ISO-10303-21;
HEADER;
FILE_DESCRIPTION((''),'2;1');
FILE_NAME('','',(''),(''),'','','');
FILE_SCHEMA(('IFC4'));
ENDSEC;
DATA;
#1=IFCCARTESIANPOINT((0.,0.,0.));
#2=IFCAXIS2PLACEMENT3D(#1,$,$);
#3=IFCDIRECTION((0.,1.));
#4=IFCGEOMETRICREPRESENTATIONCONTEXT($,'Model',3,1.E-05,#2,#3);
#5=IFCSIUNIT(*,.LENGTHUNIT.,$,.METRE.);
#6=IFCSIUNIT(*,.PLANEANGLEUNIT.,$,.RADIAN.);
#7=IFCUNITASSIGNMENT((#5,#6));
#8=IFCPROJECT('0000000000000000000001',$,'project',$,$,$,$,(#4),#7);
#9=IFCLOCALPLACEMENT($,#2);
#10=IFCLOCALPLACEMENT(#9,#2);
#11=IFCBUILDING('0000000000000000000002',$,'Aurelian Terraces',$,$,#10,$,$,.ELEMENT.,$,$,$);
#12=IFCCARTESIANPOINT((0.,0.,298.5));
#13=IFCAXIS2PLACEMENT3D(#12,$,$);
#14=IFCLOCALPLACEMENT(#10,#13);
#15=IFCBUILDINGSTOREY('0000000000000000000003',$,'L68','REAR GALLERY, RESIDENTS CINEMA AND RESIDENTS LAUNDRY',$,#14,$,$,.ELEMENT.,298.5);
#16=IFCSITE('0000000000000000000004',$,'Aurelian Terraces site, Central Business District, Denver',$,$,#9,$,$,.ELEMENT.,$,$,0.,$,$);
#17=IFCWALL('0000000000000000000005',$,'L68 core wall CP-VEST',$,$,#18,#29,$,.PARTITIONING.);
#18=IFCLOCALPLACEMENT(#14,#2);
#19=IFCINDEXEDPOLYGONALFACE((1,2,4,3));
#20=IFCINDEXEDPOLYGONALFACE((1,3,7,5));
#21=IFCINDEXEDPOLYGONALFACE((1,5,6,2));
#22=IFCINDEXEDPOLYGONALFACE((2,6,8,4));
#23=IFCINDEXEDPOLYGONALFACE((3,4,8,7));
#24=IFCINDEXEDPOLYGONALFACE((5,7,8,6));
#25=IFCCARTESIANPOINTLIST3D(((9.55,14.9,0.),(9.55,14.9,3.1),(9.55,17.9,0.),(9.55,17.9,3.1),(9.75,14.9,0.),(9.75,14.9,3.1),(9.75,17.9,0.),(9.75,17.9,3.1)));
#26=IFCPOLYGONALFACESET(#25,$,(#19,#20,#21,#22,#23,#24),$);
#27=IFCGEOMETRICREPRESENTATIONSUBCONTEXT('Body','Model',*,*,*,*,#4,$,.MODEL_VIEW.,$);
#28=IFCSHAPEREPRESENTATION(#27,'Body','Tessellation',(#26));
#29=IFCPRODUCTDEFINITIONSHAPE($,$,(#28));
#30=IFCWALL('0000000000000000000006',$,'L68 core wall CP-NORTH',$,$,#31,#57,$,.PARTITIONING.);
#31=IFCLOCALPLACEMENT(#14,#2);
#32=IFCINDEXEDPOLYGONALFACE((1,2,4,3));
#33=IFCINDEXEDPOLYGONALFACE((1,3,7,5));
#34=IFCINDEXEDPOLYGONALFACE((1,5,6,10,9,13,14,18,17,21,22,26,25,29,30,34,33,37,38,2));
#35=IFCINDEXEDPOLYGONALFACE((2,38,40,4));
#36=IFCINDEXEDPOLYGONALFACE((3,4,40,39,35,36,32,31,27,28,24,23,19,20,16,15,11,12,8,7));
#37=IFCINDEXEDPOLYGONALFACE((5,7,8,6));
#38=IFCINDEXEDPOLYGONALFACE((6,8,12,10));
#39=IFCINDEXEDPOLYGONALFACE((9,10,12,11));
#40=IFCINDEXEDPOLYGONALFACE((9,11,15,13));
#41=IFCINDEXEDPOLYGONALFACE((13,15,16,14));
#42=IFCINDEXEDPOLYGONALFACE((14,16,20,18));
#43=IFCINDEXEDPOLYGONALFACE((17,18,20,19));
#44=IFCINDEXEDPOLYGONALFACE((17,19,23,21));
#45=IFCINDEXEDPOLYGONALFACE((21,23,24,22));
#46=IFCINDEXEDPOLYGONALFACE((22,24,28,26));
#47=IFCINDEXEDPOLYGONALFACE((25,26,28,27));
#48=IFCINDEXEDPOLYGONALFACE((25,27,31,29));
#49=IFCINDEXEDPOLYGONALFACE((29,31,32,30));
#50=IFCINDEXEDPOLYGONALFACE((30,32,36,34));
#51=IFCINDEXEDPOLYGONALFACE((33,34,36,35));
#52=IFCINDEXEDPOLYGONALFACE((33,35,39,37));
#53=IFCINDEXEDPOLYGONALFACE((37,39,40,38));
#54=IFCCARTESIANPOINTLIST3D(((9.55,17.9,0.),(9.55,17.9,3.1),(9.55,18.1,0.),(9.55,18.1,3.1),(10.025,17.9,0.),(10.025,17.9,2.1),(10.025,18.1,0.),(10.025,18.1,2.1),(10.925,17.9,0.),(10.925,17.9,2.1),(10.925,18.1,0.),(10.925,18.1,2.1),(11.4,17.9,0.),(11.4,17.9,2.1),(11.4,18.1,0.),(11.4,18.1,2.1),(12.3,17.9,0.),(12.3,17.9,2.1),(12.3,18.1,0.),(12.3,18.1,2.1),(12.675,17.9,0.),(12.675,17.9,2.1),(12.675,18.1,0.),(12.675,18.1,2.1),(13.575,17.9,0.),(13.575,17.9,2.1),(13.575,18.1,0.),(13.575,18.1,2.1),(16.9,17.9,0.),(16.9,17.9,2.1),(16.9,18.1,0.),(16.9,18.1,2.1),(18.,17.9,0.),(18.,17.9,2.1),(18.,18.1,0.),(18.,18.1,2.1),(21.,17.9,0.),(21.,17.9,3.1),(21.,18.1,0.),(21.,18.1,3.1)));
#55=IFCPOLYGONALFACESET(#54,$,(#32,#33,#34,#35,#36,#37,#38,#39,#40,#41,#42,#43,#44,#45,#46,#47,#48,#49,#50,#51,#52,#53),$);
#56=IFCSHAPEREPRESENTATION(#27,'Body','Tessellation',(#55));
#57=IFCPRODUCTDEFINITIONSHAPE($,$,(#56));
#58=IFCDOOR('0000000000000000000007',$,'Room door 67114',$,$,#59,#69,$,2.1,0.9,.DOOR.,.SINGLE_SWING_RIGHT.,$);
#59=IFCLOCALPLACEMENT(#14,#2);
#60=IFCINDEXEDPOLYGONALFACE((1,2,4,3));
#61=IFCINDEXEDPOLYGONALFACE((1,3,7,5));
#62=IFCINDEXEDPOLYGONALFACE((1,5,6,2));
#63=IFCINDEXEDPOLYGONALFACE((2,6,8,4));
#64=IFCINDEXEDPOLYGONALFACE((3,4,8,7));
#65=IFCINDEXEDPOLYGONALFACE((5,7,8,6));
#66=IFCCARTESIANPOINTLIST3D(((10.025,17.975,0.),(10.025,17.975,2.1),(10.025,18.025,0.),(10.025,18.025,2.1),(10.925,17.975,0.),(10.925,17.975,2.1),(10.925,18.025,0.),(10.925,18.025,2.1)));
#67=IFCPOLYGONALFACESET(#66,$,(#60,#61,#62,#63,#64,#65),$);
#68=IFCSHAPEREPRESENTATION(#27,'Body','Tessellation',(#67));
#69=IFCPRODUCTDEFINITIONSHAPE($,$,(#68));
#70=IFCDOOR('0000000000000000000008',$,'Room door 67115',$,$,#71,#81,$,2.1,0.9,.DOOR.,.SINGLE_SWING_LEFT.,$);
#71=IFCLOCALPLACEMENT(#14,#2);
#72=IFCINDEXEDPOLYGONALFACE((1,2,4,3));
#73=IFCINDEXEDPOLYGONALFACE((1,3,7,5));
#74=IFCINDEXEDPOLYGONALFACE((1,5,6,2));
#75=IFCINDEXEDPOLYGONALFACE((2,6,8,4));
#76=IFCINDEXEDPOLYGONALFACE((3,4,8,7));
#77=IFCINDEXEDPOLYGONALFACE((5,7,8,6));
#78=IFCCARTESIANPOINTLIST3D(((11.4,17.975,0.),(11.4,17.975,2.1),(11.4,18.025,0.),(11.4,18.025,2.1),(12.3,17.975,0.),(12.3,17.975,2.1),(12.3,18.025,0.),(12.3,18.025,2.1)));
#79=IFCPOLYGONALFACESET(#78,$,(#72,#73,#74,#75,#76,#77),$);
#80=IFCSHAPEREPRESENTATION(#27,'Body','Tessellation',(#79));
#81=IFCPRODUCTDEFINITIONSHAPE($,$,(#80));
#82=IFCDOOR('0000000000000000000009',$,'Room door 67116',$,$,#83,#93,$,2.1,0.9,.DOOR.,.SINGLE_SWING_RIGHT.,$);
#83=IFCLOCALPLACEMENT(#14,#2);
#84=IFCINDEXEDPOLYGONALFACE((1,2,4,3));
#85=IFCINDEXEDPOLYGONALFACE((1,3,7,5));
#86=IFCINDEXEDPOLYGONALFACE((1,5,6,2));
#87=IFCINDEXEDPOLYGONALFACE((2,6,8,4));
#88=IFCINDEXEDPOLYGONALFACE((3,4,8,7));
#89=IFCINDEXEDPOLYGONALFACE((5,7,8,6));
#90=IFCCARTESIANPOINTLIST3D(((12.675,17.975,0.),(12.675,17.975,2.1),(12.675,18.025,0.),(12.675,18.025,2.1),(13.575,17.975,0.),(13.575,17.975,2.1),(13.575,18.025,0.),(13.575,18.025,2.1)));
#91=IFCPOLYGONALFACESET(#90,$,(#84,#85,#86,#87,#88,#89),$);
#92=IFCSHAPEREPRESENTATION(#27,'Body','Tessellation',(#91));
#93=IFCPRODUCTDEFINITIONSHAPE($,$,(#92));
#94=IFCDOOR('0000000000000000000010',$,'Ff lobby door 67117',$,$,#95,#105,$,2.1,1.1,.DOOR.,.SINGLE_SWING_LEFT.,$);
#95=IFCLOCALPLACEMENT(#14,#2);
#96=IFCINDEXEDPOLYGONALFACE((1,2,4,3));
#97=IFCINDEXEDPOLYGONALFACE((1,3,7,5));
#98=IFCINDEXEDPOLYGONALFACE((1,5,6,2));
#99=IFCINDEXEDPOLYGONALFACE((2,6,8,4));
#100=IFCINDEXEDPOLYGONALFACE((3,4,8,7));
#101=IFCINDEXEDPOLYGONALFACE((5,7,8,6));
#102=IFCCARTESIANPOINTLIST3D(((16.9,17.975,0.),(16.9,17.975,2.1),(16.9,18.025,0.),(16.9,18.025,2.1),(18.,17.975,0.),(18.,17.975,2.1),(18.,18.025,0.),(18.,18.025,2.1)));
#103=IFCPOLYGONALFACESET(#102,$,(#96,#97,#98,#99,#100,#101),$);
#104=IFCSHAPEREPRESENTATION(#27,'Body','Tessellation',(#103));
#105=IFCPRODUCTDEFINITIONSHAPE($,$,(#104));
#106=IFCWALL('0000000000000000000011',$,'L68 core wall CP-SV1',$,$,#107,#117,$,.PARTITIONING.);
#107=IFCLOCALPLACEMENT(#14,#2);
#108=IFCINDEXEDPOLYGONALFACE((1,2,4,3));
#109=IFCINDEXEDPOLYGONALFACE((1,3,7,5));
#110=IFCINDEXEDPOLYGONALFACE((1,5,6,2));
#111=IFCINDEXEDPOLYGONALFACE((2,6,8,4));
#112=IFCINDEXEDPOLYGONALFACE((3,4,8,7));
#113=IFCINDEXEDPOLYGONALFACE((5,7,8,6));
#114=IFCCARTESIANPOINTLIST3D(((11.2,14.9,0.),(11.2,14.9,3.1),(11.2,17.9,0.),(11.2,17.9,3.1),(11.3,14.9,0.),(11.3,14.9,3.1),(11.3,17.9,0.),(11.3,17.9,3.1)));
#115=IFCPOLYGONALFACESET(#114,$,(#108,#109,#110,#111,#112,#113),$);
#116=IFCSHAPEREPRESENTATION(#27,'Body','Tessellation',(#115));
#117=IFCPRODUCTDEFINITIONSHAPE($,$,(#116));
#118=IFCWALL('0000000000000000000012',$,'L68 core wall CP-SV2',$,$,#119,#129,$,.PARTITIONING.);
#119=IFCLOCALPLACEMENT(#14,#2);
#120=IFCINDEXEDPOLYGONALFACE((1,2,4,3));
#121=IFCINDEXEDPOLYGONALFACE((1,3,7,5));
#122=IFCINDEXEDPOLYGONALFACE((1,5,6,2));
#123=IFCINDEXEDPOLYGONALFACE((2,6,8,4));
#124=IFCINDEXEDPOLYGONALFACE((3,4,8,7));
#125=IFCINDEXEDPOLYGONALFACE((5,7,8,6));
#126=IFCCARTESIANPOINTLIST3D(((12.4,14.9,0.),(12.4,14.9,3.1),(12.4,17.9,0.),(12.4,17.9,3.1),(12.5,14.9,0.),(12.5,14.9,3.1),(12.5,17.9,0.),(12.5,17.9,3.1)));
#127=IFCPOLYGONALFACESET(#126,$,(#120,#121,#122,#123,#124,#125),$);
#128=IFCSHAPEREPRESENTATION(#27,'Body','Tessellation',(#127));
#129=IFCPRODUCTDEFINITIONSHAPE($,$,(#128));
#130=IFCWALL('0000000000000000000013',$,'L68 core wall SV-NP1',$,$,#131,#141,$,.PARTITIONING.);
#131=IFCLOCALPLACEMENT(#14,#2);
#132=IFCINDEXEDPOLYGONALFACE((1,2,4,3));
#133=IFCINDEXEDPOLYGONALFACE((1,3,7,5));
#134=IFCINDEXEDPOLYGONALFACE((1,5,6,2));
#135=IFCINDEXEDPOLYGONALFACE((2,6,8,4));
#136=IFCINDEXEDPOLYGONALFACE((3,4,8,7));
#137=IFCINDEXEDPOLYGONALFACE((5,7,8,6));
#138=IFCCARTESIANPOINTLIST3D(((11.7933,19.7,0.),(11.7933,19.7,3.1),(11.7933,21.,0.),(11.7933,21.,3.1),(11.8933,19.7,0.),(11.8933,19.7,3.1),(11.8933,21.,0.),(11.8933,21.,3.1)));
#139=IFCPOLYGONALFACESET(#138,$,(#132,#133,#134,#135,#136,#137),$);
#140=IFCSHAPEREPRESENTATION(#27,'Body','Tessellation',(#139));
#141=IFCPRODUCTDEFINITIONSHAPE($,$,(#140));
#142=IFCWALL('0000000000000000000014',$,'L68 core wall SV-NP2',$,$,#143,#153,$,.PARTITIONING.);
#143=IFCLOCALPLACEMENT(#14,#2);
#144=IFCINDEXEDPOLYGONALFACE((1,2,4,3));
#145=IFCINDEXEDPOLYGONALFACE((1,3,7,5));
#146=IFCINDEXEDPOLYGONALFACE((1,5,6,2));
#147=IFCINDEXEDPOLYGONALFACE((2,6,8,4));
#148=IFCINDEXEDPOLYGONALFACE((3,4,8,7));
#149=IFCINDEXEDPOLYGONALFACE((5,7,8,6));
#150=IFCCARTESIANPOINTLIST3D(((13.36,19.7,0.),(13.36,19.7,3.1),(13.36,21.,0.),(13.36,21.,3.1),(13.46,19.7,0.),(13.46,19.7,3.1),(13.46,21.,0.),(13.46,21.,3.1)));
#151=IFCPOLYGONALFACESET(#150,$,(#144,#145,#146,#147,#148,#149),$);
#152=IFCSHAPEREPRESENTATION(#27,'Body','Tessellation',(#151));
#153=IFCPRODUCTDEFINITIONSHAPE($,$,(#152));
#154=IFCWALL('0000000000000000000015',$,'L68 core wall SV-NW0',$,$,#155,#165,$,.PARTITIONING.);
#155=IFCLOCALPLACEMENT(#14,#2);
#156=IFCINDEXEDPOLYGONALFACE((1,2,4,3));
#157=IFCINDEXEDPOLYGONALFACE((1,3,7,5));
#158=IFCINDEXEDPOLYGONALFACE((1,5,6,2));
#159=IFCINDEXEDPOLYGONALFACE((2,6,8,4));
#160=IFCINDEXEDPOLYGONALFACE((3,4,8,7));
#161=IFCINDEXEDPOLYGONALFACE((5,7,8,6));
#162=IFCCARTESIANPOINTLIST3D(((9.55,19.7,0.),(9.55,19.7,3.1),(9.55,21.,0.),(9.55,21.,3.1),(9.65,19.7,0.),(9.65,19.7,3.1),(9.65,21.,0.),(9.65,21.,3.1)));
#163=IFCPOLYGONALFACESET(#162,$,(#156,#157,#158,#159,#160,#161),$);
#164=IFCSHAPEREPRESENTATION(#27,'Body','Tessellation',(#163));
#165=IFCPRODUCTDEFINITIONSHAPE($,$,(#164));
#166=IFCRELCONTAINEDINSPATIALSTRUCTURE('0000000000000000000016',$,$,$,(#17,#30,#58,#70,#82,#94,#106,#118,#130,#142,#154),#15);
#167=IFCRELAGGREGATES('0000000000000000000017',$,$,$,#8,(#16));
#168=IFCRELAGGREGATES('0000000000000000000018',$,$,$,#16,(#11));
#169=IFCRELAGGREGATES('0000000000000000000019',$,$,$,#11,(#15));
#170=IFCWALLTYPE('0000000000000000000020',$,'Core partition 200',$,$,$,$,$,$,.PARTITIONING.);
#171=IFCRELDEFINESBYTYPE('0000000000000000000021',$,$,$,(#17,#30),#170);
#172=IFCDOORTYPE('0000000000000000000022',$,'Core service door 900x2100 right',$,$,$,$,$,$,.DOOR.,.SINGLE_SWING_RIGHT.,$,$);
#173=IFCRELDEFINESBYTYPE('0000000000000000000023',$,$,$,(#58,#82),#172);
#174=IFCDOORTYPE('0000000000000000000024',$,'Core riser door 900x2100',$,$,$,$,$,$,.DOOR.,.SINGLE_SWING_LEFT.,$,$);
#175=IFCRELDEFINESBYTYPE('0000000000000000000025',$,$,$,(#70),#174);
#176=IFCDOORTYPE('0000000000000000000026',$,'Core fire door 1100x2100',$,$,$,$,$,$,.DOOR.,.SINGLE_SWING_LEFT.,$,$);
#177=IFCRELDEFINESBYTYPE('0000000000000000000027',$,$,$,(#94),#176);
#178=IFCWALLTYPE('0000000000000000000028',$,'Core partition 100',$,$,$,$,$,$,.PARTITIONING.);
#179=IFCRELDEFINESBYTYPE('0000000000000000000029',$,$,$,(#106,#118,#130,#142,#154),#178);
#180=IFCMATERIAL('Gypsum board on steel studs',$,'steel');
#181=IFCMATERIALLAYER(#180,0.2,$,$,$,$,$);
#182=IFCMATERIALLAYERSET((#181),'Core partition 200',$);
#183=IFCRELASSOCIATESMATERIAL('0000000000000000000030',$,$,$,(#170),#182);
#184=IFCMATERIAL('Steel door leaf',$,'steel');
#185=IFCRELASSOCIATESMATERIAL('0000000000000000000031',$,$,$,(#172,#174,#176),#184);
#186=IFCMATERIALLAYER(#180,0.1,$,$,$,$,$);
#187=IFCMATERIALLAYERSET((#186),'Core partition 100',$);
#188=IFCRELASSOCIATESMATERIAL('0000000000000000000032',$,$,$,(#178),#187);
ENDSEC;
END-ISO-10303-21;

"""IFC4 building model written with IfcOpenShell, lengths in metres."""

from ifc_helpers import new_model, si_unit, direction, frame, frame_2d, origin, place, context, subcontext, project, spatial, rectangle, extrude, source, transform, mapped, material, layer, layer_set, type_object, element, fill, save


model = new_model("IFC4")

# Units and contexts
model_context = context("Model", 3, precision=1e-05, world=origin(), true_north=direction((0.0, 1.0)))
body_context = subcontext(model_context, "Body", "Model", "MODEL_VIEW")
ifc_project = project(units=[si_unit("LENGTHUNIT", "METRE"), si_unit("PLANEANGLEUNIT", "RADIAN")], contexts=[model_context])

# Site, building, storey
site_placement = place(None, origin())
site = spatial("IfcSite", under=ifc_project, at=site_placement, Name="Aurelian Terraces site, Central Business District, Denver", CompositionType="ELEMENT", RefElevation=0.0)
building_placement = place(site_placement, origin())
building = spatial("IfcBuilding", under=site, at=building_placement, Name="Aurelian Terraces", CompositionType="ELEMENT")
storey_placement = place(building_placement, frame((0.0, 0.0, 298.5)))
storey = spatial("IfcBuildingStorey", under=building, at=storey_placement, Name="L68", Description="REAR GALLERY, RESIDENTS CINEMA AND RESIDENTS LAUNDRY", CompositionType="ELEMENT", Elevation=298.5)

# Wall
ifc_material_1 = material(Name="Gypsum board on steel studs", Category="steel")
ifc_layer_1 = layer(ifc_material_1, 0.2)
ifc_layer_set_1 = layer_set([ifc_layer_1], Name="Core partition 200")
wall_type_1 = type_object("IfcWallType", Name="Core partition 200", PredefinedType="PARTITIONING", material=ifc_layer_set_1)
shared_shape_1 = source(origin(), body_context, "Body", "SweptSolid", [
    extrude(rectangle(XDim=3.0, YDim=0.2, at=frame_2d((1.5, 0.0))), origin(), (0.0, 0.0, 1.0), 3.1),
])
wall_1_placement = place(storey_placement, frame((9.65, 14.9, 0.0), z_axis=(0.0, 0.0, 1.0), x_axis=(0.0, 1.0, 0.0)))
element("IfcWall", 1, at=wall_1_placement, inside=storey, type_object=wall_type_1, Name="L68 core wall CP-VEST", PredefinedType="PARTITIONING", context=body_context, shape_type="MappedRepresentation", body=[
    mapped(shared_shape_1, transform((0.0, 0.0, 0.0), scale=1.0)),
])

# Wall, openings, doors
shared_shape_2 = source(origin(), body_context, "Body", "SweptSolid", [
    extrude(rectangle(XDim=11.45, YDim=0.2, at=frame_2d((5.725, 0.0))), origin(), (0.0, 0.0, 1.0), 3.1),
])
wall_2_placement = place(storey_placement, frame((9.55, 18.0, 0.0), z_axis=(0.0, 0.0, 1.0), x_axis=(1.0, 0.0, 0.0)))
wall_2 = element("IfcWall", 2, at=wall_2_placement, inside=storey, type_object=wall_type_1, Name="L68 core wall CP-NORTH", PredefinedType="PARTITIONING", context=body_context, shape_type="MappedRepresentation", body=[
    mapped(shared_shape_2, transform((0.0, 0.0, 0.0), scale=1.0)),
])
shared_shape_3 = source(origin(), body_context, "Body", "SweptSolid", [
    extrude(rectangle(XDim=0.9, YDim=2.1, at=frame_2d((0.45, 1.05))), frame((0.0, 0.11, 0.0), z_axis=(0.0, -1.0, 0.0), x_axis=(1.0, 0.0, 0.0)), (0.0, 0.0, 1.0), 0.22),
])
opening_1_placement = place(wall_2_placement, frame((0.475, 0.0, 0.0)))
opening_1 = element("IfcOpeningElement", 3, at=opening_1_placement, cuts=wall_2, PredefinedType="OPENING", context=body_context, shape_type="MappedRepresentation", body=[
    mapped(shared_shape_3, transform((0.0, 0.0, 0.0), scale=1.0)),
])
opening_2_placement = place(wall_2_placement, frame((1.85, 0.0, 0.0)))
opening_2 = element("IfcOpeningElement", 4, at=opening_2_placement, cuts=wall_2, PredefinedType="OPENING", context=body_context, shape_type="MappedRepresentation", body=[
    mapped(shared_shape_3, transform((0.0, 0.0, 0.0), scale=1.0)),
])
opening_3_placement = place(wall_2_placement, frame((3.125, 0.0, 0.0)))
opening_3 = element("IfcOpeningElement", 5, at=opening_3_placement, cuts=wall_2, PredefinedType="OPENING", context=body_context, shape_type="MappedRepresentation", body=[
    mapped(shared_shape_3, transform((0.0, 0.0, 0.0), scale=1.0)),
])
shared_shape_4 = source(origin(), body_context, "Body", "SweptSolid", [
    extrude(rectangle(XDim=1.1, YDim=2.1, at=frame_2d((0.55, 1.05))), frame((0.0, 0.11, 0.0), z_axis=(0.0, -1.0, 0.0), x_axis=(1.0, 0.0, 0.0)), (0.0, 0.0, 1.0), 0.22),
])
opening_4_placement = place(wall_2_placement, frame((7.35, 0.0, 0.0)))
opening_4 = element("IfcOpeningElement", 6, at=opening_4_placement, cuts=wall_2, PredefinedType="OPENING", context=body_context, shape_type="MappedRepresentation", body=[
    mapped(shared_shape_4, transform((0.0, 0.0, 0.0), scale=1.0)),
])
ifc_material_2 = material(Name="Steel door leaf", Category="steel")
door_type_1 = type_object("IfcDoorType", Name="Core service door 900x2100 right", OperationType="SINGLE_SWING_RIGHT", PredefinedType="DOOR", material=ifc_material_2)
shared_shape_5 = source(origin(), body_context, "Body", "SweptSolid", [
    extrude(rectangle(XDim=0.9, YDim=2.1, at=frame_2d((0.45, 1.05))), frame((0.0, 0.025, 0.0), z_axis=(0.0, -1.0, 0.0), x_axis=(1.0, 0.0, 0.0)), (0.0, 0.0, 1.0), 0.05),
])
door_1_placement = place(opening_1_placement, origin())
door_1 = element("IfcDoor", 7, at=door_1_placement, inside=storey, type_object=door_type_1, Name="Room door 67114", OperationType="SINGLE_SWING_RIGHT", OverallHeight=2.1, OverallWidth=0.9, PredefinedType="DOOR", context=body_context, shape_type="MappedRepresentation", body=[
    mapped(shared_shape_5, transform((0.0, 0.0, 0.0), scale=1.0)),
])
fill(opening_1, door_1)
door_type_2 = type_object("IfcDoorType", Name="Core riser door 900x2100", OperationType="SINGLE_SWING_LEFT", PredefinedType="DOOR", material=ifc_material_2)
door_2_placement = place(opening_2_placement, origin())
door_2 = element("IfcDoor", 8, at=door_2_placement, inside=storey, type_object=door_type_2, Name="Room door 67115", OperationType="SINGLE_SWING_LEFT", OverallHeight=2.1, OverallWidth=0.9, PredefinedType="DOOR", context=body_context, shape_type="MappedRepresentation", body=[
    mapped(shared_shape_5, transform((0.0, 0.0, 0.0), scale=1.0)),
])
fill(opening_2, door_2)
door_3_placement = place(opening_3_placement, origin())
door_3 = element("IfcDoor", 9, at=door_3_placement, inside=storey, type_object=door_type_1, Name="Room door 67116", OperationType="SINGLE_SWING_RIGHT", OverallHeight=2.1, OverallWidth=0.9, PredefinedType="DOOR", context=body_context, shape_type="MappedRepresentation", body=[
    mapped(shared_shape_5, transform((0.0, 0.0, 0.0), scale=1.0)),
])
fill(opening_3, door_3)
door_type_3 = type_object("IfcDoorType", Name="Core fire door 1100x2100", OperationType="SINGLE_SWING_LEFT", PredefinedType="DOOR", material=ifc_material_2)
shared_shape_6 = source(origin(), body_context, "Body", "SweptSolid", [
    extrude(rectangle(XDim=1.1, YDim=2.1, at=frame_2d((0.55, 1.05))), frame((0.0, 0.025, 0.0), z_axis=(0.0, -1.0, 0.0), x_axis=(1.0, 0.0, 0.0)), (0.0, 0.0, 1.0), 0.05),
])
door_4_placement = place(opening_4_placement, origin())
door_4 = element("IfcDoor", 10, at=door_4_placement, inside=storey, type_object=door_type_3, Name="Ff lobby door 67117", OperationType="SINGLE_SWING_LEFT", OverallHeight=2.1, OverallWidth=1.1, PredefinedType="DOOR", context=body_context, shape_type="MappedRepresentation", body=[
    mapped(shared_shape_6, transform((0.0, 0.0, 0.0), scale=1.0)),
])
fill(opening_4, door_4)

# Walls
ifc_layer_2 = layer(ifc_material_1, 0.1)
ifc_layer_set_2 = layer_set([ifc_layer_2], Name="Core partition 100")
wall_type_2 = type_object("IfcWallType", Name="Core partition 100", PredefinedType="PARTITIONING", material=ifc_layer_set_2)
shared_shape_7 = source(origin(), body_context, "Body", "SweptSolid", [
    extrude(rectangle(XDim=3.0, YDim=0.1, at=frame_2d((1.5, 0.0))), origin(), (0.0, 0.0, 1.0), 3.1),
])
for number, where, z_axis, x_axis, name in (
    (11, (11.25, 14.9, 0.0), (0.0, 0.0, 1.0), (0.0, 1.0, 0.0), "L68 core wall CP-SV1"),
    (12, (12.45, 14.9, 0.0), (0.0, 0.0, 1.0), (0.0, 1.0, 0.0), "L68 core wall CP-SV2"),
):
    element("IfcWall", number, at=place(storey_placement, frame(where, z_axis=z_axis, x_axis=x_axis)), inside=storey, type_object=wall_type_2, Name=name, PredefinedType="PARTITIONING", context=body_context, shape_type="MappedRepresentation", body=[
        mapped(shared_shape_7, transform((0.0, 0.0, 0.0), scale=1.0)),
    ])
shared_shape_8 = source(origin(), body_context, "Body", "SweptSolid", [
    extrude(rectangle(XDim=1.3, YDim=0.1, at=frame_2d((0.65, 0.0))), origin(), (0.0, 0.0, 1.0), 3.1),
])
for number, where, z_axis, x_axis, name in (
    (13, (11.8433, 19.7, 0.0), (0.0, 0.0, 1.0), (0.0, 1.0, 0.0), "L68 core wall SV-NP1"),
    (14, (13.41, 19.7, 0.0), (0.0, 0.0, 1.0), (0.0, 1.0, 0.0), "L68 core wall SV-NP2"),
    (15, (9.6, 19.7, 0.0), (0.0, 0.0, 1.0), (0.0, 1.0, 0.0), "L68 core wall SV-NW0"),
):
    element("IfcWall", number, at=place(storey_placement, frame(where, z_axis=z_axis, x_axis=x_axis)), inside=storey, type_object=wall_type_2, Name=name, PredefinedType="PARTITIONING", context=body_context, shape_type="MappedRepresentation", body=[
        mapped(shared_shape_8, transform((0.0, 0.0, 0.0), scale=1.0)),
    ])

save(model, "model.ifc")
